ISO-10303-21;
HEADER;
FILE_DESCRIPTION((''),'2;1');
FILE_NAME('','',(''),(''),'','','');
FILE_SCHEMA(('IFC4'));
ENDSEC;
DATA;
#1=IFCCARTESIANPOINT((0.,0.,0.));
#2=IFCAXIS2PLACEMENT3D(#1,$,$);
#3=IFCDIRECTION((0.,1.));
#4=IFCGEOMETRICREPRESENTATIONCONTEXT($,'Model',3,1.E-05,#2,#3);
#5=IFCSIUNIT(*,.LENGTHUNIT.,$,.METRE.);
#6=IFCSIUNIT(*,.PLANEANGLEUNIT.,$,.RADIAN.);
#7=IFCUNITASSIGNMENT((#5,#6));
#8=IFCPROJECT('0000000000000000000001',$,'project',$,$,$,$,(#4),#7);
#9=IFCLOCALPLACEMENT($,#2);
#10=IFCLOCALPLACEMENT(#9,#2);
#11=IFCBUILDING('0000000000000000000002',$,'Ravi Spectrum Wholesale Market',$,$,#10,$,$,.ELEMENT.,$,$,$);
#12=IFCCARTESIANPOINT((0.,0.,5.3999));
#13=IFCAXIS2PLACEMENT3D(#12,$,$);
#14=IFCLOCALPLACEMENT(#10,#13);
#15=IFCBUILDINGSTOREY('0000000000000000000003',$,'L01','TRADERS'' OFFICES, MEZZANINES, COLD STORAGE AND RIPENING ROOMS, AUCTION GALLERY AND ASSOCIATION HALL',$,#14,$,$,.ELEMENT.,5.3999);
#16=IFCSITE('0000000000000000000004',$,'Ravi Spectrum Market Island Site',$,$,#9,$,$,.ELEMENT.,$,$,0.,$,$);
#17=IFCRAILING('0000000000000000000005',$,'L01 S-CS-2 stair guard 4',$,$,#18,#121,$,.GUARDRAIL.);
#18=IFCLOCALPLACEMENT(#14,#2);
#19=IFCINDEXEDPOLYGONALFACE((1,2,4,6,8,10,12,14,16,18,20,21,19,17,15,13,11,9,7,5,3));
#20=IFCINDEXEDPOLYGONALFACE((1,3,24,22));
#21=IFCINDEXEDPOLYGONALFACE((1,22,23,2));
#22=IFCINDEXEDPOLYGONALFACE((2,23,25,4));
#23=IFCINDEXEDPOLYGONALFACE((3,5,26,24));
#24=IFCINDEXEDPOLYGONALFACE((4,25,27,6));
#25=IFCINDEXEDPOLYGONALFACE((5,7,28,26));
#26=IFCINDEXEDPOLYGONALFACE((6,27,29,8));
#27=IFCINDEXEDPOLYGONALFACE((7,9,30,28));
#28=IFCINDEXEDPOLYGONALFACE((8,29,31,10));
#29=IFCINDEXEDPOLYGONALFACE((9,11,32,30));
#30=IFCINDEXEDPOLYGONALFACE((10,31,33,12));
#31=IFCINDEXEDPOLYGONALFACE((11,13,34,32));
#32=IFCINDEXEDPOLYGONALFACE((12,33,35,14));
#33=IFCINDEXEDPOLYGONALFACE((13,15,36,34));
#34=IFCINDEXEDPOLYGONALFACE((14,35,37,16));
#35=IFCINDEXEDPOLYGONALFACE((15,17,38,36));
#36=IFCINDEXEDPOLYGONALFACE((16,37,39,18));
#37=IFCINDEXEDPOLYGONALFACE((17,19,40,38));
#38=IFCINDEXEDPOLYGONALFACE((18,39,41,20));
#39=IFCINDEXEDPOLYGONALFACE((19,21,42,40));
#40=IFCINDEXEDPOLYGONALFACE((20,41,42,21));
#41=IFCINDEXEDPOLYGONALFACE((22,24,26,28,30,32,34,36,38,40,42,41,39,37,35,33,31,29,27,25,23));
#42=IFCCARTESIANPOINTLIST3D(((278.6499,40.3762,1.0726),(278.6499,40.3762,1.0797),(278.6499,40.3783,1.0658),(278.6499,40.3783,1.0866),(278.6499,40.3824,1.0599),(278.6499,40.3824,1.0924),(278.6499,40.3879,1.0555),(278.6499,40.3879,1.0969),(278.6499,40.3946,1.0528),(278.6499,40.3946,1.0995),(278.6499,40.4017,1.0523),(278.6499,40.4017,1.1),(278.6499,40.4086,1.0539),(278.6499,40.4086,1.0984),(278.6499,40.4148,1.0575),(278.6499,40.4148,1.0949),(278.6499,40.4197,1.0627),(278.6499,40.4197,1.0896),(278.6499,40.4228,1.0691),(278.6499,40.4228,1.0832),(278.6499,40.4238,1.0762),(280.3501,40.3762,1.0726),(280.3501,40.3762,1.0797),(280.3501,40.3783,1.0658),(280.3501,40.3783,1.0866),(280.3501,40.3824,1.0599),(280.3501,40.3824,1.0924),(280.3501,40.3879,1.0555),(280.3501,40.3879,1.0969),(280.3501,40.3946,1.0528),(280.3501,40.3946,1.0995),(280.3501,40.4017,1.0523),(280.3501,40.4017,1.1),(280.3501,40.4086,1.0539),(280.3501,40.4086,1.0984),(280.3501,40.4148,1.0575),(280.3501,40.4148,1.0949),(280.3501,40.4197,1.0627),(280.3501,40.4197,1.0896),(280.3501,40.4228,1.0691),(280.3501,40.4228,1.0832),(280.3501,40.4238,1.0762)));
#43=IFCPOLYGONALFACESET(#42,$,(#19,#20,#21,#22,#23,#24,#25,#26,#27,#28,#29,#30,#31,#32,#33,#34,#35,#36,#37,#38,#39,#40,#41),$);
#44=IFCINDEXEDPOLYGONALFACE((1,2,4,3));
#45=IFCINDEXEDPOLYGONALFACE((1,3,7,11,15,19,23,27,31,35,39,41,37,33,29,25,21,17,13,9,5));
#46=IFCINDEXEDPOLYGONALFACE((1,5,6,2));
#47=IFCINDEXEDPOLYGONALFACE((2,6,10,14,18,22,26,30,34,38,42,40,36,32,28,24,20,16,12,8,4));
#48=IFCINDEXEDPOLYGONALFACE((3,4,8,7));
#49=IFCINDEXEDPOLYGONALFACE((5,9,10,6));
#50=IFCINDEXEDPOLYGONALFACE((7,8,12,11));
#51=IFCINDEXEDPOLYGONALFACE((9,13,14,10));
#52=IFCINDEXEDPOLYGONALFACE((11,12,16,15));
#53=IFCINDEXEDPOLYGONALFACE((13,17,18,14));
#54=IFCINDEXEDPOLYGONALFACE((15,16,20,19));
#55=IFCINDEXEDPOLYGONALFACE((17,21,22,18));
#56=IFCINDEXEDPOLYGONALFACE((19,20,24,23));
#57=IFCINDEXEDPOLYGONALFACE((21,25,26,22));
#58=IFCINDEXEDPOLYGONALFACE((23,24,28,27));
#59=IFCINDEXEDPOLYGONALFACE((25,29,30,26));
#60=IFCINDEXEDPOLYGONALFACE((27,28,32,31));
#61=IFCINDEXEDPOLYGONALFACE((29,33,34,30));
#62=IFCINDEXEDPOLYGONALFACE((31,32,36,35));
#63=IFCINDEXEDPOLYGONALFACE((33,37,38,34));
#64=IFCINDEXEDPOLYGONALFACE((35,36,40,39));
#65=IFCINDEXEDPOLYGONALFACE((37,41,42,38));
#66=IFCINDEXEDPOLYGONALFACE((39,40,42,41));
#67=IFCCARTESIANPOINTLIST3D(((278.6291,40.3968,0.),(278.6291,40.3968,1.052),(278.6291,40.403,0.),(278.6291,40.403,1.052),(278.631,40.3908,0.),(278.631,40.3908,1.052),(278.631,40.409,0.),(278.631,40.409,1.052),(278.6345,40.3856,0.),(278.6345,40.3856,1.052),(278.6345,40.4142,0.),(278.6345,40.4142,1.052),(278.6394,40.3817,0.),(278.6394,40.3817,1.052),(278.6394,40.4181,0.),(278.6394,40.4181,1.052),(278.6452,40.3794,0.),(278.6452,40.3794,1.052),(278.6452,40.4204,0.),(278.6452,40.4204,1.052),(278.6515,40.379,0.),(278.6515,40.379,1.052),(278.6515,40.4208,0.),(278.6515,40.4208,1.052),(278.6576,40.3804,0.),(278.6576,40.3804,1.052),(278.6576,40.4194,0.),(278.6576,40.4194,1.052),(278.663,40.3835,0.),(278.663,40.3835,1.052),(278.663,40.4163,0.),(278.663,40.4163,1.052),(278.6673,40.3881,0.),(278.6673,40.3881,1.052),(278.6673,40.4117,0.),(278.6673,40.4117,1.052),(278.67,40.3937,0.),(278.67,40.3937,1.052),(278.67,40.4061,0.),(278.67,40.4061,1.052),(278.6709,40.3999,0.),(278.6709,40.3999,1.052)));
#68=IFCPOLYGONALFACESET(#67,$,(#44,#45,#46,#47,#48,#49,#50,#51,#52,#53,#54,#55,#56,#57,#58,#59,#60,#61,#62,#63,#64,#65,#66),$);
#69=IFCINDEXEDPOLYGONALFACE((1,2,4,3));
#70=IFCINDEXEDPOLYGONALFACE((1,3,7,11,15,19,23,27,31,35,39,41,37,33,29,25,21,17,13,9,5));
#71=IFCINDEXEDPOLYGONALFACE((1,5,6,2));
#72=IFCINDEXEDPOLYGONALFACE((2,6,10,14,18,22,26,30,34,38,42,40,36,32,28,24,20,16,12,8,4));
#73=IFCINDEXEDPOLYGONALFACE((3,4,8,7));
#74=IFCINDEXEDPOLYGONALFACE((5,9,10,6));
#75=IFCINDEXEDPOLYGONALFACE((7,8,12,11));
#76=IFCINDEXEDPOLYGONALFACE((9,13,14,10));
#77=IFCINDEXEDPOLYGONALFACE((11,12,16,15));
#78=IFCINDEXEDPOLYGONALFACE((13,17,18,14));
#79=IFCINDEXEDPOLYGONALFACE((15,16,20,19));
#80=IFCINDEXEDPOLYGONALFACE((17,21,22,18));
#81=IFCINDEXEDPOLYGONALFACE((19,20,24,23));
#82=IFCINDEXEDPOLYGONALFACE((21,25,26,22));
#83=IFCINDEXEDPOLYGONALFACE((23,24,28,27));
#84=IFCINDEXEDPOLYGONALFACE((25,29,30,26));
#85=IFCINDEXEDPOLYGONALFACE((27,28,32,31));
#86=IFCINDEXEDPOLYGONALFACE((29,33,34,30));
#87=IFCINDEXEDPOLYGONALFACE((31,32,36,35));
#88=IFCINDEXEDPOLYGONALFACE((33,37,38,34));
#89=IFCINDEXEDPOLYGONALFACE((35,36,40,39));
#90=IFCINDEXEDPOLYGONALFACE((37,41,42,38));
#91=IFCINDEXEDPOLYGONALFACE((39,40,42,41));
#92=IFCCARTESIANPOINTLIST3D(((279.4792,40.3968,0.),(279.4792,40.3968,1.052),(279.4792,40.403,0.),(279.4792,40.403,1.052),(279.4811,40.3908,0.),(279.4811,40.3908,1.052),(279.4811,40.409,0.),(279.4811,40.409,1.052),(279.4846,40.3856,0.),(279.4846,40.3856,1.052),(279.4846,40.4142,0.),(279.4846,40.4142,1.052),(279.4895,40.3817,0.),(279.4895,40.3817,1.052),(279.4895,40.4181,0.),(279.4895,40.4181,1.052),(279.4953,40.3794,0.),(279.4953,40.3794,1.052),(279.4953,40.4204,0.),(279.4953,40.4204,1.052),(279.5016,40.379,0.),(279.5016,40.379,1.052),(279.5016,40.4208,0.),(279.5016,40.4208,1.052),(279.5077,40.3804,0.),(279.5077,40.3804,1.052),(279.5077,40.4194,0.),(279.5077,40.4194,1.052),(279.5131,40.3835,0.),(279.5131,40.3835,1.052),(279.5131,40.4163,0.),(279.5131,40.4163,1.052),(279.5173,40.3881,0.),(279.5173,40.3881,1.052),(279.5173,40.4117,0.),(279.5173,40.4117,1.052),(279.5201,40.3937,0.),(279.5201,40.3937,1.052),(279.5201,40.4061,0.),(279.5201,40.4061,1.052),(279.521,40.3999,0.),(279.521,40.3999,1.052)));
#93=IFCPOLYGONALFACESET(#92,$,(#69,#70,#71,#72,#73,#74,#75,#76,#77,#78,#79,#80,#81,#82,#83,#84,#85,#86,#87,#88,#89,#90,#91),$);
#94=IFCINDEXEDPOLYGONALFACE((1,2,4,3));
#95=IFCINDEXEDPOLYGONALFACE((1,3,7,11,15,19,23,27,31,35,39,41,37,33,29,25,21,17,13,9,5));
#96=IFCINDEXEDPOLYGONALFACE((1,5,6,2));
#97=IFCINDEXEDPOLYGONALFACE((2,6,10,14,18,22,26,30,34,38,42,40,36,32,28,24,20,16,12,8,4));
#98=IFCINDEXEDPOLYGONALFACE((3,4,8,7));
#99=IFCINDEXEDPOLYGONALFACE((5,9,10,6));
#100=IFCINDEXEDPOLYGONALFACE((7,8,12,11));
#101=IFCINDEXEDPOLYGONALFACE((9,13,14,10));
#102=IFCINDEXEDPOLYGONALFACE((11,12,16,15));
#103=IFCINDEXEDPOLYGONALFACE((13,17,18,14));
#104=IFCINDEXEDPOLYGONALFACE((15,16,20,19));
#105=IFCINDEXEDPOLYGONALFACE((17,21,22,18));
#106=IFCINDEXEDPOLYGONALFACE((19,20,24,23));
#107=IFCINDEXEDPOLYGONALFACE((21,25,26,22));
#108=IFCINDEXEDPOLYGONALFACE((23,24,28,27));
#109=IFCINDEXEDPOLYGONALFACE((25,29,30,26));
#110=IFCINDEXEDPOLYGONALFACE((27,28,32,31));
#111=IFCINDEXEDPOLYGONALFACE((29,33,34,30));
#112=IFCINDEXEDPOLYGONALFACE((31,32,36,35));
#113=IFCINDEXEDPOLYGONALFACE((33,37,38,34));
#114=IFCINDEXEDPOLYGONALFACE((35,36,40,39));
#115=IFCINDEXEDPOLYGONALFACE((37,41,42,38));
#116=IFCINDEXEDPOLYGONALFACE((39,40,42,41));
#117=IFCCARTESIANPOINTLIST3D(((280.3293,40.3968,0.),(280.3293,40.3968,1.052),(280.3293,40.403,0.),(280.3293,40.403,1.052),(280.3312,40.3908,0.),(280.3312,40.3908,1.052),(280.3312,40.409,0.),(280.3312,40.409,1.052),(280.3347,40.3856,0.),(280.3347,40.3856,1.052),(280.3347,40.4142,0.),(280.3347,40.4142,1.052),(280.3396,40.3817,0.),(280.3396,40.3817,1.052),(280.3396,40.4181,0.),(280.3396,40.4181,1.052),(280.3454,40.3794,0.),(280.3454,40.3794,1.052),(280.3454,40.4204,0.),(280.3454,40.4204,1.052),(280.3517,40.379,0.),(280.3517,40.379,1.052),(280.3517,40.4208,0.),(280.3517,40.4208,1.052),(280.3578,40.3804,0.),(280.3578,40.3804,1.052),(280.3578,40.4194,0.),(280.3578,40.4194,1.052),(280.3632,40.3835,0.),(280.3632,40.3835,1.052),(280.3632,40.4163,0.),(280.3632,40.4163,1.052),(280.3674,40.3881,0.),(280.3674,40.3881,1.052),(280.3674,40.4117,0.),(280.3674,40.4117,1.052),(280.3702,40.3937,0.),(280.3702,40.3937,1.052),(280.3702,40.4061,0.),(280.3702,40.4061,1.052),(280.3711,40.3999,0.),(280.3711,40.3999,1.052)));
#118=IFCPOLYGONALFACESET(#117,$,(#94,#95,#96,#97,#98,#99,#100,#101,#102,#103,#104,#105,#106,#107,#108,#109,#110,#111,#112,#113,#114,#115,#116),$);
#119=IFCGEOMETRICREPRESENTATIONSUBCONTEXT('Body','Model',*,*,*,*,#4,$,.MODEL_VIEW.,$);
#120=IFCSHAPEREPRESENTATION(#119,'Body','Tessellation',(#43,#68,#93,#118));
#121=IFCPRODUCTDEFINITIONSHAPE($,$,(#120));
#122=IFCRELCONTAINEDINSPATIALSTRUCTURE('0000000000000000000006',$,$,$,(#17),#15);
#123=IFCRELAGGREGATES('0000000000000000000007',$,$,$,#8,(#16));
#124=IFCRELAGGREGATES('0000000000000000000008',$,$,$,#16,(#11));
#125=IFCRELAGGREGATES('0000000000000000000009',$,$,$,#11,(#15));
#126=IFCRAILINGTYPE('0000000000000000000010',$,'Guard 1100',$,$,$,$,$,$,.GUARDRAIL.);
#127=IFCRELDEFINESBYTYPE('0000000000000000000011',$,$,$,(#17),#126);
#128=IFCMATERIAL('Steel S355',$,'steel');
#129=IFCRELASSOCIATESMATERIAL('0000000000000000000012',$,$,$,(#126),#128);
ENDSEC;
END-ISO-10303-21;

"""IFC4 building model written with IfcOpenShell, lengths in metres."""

from ifc_helpers import new_model, si_unit, direction, frame, origin, origin_2d, place, context, subcontext, project, spatial, circle, extrude, material, type_object, element, save


model = new_model("IFC4")

# Units and contexts
model_context = context("Model", 3, precision=1e-05, world=origin(), true_north=direction((0.0, 1.0)))
body_context = subcontext(model_context, "Body", "Model", "MODEL_VIEW")
ifc_project = project(units=[si_unit("LENGTHUNIT", "METRE"), si_unit("PLANEANGLEUNIT", "RADIAN")], contexts=[model_context])

# Site, building, storey
site_placement = place(None, origin())
site = spatial("IfcSite", under=ifc_project, at=site_placement, Name="Ravi Spectrum Market Island Site", CompositionType="ELEMENT", RefElevation=0.0)
building_placement = place(site_placement, origin())
building = spatial("IfcBuilding", under=site, at=building_placement, Name="Ravi Spectrum Wholesale Market", CompositionType="ELEMENT")
storey_placement = place(building_placement, frame((0.0, 0.0, 5.3999)))
storey = spatial("IfcBuildingStorey", under=building, at=storey_placement, Name="L01", Description="TRADERS' OFFICES, MEZZANINES, COLD STORAGE AND RIPENING ROOMS, AUCTION GALLERY AND ASSOCIATION HALL", CompositionType="ELEMENT", Elevation=5.3999)

# Railing
ifc_material_1 = material(Name="Steel S355", Category="steel")
railing_type_1 = type_object("IfcRailingType", Name="Guard 1100", PredefinedType="GUARDRAIL", material=ifc_material_1)
railing_1_placement = place(storey_placement, frame((278.6499, 40.3999, 0.0)))
element("IfcRailing", 1, at=railing_1_placement, inside=storey, type_object=railing_type_1, Name="L01 S-CS-2 stair guard 4", PredefinedType="GUARDRAIL", context=body_context, shape_type="SweptSolid", body=[
    extrude(circle(Radius=0.0239, at=origin_2d()), frame((0.0, 0.0, 1.0762), z_axis=(1.0, 0.0, 0.0), x_axis=(0.0, 1.0, 0.0)), (0.0, 0.0, 1.0), 1.7002),
    extrude(circle(Radius=0.021, at=origin_2d()), origin(), (0.0, 0.0, 1.0), 1.052),
    extrude(circle(Radius=0.021, at=origin_2d()), frame((0.8501, 0.0, 0.0)), (0.0, 0.0, 1.0), 1.052),
    extrude(circle(Radius=0.021, at=origin_2d()), frame((1.7002, 0.0, 0.0)), (0.0, 0.0, 1.0), 1.052),
])

save(model, "model.ifc")
